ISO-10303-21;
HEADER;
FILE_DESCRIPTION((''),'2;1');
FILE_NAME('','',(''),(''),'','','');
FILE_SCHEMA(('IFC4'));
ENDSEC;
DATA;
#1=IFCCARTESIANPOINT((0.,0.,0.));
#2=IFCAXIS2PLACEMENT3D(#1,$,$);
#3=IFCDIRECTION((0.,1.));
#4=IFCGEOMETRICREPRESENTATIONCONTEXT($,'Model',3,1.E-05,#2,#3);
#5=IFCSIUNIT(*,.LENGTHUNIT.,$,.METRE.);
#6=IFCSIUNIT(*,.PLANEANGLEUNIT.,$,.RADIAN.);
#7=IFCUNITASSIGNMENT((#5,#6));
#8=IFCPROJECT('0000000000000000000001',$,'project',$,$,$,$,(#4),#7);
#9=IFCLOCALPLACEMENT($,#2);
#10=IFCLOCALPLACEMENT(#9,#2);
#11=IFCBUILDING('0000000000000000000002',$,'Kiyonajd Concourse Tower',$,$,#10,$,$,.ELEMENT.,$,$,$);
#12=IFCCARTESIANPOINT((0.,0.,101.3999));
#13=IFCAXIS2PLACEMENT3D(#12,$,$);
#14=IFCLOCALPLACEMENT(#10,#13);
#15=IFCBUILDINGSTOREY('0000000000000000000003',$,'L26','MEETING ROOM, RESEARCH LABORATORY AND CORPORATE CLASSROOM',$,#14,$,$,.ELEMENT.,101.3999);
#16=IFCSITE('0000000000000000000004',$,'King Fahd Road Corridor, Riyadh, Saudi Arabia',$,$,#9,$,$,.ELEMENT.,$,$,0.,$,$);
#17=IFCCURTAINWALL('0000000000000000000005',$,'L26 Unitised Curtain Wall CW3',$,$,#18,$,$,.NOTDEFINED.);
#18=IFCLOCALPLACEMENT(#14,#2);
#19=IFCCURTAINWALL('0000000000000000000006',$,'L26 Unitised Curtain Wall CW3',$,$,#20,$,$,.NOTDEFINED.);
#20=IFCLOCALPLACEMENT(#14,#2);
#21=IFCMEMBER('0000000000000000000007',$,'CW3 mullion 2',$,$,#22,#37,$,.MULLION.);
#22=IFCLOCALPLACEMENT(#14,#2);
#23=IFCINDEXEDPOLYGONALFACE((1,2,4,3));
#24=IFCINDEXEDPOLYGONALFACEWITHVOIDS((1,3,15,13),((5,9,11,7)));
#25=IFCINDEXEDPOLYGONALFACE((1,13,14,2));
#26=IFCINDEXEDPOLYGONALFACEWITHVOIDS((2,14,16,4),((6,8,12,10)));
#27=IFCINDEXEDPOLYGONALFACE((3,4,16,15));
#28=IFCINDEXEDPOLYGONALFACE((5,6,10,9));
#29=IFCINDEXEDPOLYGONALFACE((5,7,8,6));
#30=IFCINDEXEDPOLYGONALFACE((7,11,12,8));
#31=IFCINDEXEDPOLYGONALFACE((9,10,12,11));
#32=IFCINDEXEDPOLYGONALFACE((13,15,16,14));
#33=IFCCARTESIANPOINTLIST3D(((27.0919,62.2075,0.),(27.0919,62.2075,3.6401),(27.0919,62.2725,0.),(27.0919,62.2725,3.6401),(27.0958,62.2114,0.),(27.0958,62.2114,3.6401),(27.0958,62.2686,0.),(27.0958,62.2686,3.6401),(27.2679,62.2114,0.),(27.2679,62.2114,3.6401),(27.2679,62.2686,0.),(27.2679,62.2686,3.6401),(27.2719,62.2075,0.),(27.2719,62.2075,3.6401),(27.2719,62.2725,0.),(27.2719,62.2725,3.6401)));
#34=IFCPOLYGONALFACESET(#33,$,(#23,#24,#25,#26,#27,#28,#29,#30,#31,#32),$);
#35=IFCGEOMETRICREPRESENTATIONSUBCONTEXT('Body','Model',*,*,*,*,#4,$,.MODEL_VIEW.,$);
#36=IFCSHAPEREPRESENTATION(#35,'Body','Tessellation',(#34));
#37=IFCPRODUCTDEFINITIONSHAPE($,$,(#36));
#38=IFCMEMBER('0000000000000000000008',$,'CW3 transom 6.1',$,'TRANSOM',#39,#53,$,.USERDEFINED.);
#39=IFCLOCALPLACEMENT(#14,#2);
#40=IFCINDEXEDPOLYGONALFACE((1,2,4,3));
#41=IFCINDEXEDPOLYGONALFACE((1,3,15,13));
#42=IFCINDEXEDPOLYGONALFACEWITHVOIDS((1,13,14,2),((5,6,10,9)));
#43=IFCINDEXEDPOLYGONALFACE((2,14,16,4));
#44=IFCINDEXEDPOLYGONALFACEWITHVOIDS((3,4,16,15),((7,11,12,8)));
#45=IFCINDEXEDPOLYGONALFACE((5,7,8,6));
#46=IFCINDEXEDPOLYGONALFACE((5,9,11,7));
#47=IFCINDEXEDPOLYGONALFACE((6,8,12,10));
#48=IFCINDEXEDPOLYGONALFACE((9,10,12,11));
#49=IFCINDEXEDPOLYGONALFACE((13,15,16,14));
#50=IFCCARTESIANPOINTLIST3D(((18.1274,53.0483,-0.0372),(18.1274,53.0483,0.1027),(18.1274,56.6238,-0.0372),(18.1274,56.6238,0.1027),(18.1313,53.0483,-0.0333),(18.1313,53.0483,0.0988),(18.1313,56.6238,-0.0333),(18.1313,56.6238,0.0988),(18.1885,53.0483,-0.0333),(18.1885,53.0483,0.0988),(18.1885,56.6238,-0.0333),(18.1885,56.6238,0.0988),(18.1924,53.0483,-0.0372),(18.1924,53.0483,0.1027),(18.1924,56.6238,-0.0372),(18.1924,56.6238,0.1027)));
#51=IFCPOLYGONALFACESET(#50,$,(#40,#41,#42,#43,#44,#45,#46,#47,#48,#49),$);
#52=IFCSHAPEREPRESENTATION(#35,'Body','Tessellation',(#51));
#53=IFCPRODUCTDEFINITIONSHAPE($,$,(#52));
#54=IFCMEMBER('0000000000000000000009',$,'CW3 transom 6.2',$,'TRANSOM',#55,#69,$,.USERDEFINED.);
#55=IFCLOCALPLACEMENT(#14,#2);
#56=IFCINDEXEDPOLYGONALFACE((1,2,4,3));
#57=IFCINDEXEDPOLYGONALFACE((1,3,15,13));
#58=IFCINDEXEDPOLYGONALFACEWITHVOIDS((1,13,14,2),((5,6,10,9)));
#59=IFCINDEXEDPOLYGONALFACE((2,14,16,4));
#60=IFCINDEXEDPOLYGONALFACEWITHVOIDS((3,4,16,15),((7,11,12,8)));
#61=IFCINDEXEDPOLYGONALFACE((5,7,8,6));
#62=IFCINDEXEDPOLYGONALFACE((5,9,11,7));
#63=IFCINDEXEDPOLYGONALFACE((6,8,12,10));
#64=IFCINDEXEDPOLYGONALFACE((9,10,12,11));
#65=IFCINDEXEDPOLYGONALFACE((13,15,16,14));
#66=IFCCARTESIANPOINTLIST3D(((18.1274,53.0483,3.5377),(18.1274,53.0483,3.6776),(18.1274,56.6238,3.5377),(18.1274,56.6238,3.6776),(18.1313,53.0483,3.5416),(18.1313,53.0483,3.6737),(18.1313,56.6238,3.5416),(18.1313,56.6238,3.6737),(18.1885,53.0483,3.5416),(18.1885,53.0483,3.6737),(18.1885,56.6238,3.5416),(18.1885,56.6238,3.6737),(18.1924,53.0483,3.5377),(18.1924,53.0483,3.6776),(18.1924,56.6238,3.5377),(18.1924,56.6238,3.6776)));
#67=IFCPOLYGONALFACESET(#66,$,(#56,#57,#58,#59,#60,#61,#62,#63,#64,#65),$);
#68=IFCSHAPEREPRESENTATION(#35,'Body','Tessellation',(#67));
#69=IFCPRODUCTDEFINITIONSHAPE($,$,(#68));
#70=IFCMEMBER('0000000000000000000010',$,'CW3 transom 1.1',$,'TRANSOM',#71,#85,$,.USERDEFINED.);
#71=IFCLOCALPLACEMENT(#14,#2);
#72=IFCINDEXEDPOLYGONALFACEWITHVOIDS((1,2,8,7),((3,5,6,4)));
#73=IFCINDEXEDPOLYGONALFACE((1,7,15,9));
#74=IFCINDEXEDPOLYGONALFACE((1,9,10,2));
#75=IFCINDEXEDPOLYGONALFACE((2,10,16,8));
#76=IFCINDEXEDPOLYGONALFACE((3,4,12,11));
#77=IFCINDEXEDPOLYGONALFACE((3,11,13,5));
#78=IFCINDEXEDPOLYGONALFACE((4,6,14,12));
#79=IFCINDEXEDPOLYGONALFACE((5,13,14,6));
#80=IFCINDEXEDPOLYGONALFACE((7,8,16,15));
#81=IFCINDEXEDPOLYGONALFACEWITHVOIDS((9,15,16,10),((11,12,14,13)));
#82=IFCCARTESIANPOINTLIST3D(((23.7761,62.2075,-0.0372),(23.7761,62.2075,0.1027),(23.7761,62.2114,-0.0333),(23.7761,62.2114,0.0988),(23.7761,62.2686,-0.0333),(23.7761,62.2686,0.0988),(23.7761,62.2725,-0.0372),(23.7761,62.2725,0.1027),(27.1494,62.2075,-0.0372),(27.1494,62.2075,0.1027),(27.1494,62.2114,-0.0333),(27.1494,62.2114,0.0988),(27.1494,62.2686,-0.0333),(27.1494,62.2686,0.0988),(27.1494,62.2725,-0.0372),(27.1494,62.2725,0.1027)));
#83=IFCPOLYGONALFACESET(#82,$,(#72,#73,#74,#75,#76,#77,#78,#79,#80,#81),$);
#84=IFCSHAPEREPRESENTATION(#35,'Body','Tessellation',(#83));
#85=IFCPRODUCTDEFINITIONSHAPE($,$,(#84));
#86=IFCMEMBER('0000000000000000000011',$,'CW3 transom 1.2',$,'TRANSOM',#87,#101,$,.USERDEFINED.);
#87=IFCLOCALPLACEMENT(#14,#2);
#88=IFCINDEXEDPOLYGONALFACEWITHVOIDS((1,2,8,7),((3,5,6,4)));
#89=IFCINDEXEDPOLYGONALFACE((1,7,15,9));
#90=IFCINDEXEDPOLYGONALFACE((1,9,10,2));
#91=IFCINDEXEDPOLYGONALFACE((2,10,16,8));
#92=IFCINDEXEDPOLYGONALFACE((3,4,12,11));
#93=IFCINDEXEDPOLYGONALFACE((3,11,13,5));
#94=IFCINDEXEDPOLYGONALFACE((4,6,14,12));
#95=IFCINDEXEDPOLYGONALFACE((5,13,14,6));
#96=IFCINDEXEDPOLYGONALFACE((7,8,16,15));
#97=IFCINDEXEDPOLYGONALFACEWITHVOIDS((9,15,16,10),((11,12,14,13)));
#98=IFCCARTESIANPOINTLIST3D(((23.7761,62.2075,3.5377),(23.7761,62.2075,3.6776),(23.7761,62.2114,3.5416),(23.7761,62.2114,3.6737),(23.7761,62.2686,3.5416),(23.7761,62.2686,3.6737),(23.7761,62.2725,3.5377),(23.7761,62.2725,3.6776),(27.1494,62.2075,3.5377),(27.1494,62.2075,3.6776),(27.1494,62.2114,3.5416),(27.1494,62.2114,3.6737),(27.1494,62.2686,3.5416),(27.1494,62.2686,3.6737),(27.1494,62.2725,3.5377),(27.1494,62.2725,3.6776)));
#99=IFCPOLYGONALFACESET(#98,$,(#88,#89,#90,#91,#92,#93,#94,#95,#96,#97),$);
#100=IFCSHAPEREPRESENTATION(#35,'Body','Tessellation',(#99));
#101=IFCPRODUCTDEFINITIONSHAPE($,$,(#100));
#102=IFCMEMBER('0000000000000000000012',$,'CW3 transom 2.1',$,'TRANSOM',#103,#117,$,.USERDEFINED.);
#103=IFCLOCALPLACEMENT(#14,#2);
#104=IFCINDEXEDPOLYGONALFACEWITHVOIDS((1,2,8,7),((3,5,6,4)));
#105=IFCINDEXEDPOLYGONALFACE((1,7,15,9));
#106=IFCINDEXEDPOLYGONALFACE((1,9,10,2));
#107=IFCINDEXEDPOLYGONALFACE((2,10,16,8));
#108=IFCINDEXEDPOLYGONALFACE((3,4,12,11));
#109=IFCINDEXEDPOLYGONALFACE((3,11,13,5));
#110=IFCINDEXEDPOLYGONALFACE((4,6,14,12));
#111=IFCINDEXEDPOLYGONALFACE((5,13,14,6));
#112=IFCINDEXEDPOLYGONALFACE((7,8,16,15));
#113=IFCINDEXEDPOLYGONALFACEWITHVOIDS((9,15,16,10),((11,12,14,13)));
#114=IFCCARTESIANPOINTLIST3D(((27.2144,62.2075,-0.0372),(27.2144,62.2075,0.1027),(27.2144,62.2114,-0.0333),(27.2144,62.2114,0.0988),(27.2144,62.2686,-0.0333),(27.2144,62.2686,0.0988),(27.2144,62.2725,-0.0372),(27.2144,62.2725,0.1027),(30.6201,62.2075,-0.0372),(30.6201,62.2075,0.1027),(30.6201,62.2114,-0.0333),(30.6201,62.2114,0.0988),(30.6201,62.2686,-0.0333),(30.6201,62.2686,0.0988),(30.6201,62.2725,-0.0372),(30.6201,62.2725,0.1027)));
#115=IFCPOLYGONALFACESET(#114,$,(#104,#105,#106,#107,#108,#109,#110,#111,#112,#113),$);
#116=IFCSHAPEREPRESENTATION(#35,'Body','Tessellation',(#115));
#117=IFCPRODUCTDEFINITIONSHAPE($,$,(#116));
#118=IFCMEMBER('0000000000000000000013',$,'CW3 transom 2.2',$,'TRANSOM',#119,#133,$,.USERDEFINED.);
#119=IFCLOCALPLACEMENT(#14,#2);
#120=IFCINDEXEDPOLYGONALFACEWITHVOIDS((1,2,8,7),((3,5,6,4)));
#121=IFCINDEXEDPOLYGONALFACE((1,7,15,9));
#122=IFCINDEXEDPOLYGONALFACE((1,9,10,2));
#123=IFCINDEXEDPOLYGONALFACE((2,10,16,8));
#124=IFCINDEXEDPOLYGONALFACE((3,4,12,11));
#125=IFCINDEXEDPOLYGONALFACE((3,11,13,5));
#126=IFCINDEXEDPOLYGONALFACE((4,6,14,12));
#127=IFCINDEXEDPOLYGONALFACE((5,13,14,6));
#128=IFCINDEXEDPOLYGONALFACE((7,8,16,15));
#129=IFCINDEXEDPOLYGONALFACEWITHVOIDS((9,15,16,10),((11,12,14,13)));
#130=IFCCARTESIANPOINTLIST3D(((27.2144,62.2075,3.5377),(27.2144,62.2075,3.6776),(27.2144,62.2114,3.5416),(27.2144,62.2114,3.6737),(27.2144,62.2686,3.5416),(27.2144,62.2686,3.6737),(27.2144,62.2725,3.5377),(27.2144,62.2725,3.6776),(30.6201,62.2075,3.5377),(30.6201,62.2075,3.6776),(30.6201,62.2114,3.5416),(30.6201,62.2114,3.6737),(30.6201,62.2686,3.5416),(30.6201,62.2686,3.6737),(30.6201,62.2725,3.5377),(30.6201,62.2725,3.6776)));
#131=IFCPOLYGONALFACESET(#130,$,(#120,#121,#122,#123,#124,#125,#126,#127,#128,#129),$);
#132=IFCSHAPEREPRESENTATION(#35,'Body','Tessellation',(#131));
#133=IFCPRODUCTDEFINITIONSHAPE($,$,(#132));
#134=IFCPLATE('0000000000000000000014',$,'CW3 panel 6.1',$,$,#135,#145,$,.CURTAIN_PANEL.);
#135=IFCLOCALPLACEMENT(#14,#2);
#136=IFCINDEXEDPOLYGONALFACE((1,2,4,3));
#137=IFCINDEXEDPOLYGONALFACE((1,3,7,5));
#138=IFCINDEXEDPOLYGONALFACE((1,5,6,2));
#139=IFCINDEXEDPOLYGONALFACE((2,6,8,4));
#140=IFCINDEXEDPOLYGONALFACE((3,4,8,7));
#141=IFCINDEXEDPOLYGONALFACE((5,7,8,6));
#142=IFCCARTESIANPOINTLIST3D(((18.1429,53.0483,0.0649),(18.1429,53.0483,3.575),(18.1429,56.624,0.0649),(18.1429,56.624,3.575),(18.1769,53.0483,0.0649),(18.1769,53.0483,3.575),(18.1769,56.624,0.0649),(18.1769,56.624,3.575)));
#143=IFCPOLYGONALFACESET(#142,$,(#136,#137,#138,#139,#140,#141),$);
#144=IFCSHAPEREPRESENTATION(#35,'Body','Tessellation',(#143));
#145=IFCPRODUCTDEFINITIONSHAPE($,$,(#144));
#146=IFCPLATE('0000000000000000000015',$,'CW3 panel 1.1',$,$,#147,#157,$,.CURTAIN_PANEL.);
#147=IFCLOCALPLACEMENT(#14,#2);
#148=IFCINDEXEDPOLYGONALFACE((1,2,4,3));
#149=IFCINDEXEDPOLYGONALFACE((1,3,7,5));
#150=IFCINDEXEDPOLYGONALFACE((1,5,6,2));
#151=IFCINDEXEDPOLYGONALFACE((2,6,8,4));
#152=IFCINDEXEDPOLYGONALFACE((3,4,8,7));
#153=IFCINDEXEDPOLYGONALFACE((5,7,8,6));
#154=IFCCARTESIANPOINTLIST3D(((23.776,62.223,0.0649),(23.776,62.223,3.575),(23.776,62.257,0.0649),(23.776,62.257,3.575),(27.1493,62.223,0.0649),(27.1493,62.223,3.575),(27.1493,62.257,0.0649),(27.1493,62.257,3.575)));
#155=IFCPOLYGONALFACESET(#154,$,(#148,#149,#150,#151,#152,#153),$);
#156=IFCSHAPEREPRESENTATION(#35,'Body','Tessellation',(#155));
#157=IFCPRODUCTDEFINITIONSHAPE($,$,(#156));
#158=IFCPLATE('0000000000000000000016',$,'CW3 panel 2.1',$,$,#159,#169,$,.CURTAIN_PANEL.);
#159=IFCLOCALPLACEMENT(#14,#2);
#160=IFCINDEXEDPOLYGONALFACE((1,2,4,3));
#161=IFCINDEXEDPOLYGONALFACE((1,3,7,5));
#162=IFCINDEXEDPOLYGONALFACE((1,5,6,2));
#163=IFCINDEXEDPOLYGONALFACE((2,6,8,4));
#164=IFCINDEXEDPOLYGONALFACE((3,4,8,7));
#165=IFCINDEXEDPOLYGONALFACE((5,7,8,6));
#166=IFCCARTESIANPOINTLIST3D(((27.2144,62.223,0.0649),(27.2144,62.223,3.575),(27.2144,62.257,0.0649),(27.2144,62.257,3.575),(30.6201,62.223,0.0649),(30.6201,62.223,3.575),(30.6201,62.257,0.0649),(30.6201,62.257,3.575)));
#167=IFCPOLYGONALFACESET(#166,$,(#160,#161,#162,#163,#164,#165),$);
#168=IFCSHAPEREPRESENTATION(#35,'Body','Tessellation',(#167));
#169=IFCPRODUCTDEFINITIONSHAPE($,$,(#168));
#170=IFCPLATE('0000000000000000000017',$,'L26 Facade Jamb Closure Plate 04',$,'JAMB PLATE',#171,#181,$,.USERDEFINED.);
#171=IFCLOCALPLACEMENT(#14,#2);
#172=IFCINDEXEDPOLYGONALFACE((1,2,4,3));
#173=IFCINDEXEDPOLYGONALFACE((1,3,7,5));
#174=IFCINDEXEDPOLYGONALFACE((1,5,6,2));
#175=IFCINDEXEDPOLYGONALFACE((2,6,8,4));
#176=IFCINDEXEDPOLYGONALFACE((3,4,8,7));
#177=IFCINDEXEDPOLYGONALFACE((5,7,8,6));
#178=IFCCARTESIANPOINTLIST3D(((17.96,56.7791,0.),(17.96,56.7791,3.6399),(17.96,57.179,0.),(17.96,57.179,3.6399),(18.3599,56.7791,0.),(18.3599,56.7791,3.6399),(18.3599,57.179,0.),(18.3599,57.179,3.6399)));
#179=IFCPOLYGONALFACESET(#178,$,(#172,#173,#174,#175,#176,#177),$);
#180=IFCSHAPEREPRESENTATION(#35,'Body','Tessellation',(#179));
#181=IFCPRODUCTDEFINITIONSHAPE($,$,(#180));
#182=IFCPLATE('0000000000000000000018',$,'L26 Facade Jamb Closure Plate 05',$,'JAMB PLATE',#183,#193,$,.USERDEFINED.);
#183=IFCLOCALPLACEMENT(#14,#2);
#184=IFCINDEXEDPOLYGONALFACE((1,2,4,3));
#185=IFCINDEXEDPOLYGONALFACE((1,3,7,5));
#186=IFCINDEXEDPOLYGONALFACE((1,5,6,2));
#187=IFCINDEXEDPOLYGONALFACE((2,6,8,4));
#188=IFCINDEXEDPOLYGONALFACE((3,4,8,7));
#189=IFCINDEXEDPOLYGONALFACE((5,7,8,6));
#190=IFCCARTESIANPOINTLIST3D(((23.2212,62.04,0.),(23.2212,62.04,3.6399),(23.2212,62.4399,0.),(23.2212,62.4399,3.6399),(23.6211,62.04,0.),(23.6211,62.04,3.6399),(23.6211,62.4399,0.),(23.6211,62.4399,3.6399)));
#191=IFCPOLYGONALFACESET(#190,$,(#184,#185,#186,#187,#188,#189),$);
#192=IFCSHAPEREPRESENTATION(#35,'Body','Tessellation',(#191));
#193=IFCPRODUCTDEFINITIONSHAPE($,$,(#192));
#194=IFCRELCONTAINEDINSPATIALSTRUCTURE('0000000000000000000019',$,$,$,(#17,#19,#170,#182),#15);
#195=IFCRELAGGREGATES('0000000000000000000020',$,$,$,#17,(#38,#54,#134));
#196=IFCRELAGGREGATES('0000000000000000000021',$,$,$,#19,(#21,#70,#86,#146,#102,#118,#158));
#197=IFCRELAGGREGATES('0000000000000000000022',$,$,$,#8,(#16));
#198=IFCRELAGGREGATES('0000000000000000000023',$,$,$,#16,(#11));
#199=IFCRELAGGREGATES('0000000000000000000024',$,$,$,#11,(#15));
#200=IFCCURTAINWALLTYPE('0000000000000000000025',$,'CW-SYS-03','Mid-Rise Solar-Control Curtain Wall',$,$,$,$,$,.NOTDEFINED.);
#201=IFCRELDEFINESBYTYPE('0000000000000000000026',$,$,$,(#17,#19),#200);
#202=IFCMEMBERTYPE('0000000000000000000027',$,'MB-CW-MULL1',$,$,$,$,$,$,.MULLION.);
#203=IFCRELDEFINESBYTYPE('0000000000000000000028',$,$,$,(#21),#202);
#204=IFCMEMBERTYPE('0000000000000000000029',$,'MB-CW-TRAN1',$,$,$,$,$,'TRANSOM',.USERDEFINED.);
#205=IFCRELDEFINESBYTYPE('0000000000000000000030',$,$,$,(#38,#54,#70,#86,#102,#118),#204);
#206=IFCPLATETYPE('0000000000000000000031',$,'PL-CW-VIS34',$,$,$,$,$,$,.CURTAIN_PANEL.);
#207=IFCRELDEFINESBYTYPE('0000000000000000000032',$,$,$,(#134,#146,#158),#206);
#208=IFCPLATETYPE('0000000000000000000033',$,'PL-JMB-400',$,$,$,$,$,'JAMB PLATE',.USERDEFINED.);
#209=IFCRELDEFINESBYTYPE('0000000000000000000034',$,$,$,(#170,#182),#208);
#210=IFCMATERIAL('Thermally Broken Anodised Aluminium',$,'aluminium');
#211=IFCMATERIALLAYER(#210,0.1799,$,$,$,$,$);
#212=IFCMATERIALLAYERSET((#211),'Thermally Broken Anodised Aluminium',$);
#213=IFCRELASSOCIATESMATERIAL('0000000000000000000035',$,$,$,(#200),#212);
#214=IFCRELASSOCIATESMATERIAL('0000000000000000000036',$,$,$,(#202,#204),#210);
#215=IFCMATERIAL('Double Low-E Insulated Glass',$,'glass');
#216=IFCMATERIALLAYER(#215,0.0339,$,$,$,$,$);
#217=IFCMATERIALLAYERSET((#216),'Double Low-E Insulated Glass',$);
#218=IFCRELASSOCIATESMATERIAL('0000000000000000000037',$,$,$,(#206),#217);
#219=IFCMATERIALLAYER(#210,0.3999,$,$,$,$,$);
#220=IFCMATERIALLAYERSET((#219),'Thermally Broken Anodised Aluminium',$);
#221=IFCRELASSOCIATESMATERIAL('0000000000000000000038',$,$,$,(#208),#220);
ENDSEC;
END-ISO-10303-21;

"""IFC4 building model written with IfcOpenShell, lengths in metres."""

from ifc_helpers import new_model, si_unit, direction, frame, origin, origin_2d, place, context, subcontext, project, spatial, rectangle, hollow_rectangle, extrude, material, layer, layer_set, material_profile, profile_set, type_object, element, aggregate, save


model = new_model("IFC4")

# Units and contexts
model_context = context("Model", 3, precision=1e-05, world=origin(), true_north=direction((0.0, 1.0)))
body_context = subcontext(model_context, "Body", "Model", "MODEL_VIEW")
ifc_project = project(units=[si_unit("LENGTHUNIT", "METRE"), si_unit("PLANEANGLEUNIT", "RADIAN")], contexts=[model_context])

# Site, building, storey
site_placement = place(None, origin())
site = spatial("IfcSite", under=ifc_project, at=site_placement, Name="King Fahd Road Corridor, Riyadh, Saudi Arabia", CompositionType="ELEMENT", RefElevation=0.0)
building_placement = place(site_placement, origin())
building = spatial("IfcBuilding", under=site, at=building_placement, Name="Kiyonajd Concourse Tower", CompositionType="ELEMENT")
storey_placement = place(building_placement, frame((0.0, 0.0, 101.3999)))
storey = spatial("IfcBuildingStorey", under=building, at=storey_placement, Name="L26", Description="MEETING ROOM, RESEARCH LABORATORY AND CORPORATE CLASSROOM", CompositionType="ELEMENT", Elevation=101.3999)

# Curtain walls, member
ifc_material_1 = material(Name="Thermally Broken Anodised Aluminium", Category="aluminium")
ifc_layer_1 = layer(ifc_material_1, 0.1799)
ifc_layer_set_1 = layer_set([ifc_layer_1], Name="Thermally Broken Anodised Aluminium")
curtain_wall_type = type_object("IfcCurtainWallType", Name="CW-SYS-03", Description="Mid-Rise Solar-Control Curtain Wall", PredefinedType="NOTDEFINED", material=ifc_layer_set_1)
curtain_wall_1_placement = place(storey_placement, origin())
curtain_wall_1 = element("IfcCurtainWall", 1, at=curtain_wall_1_placement, inside=storey, type_object=curtain_wall_type, Name="L26 Unitised Curtain Wall CW3", PredefinedType="NOTDEFINED")
ifc_material_profile_1 = material_profile(ifc_material_1, hollow_rectangle(XDim=0.0649, YDim=0.1799, WallThickness=0.0039, at=origin_2d()), Name="MULL-65x180")
ifc_profile_set_1 = profile_set([ifc_material_profile_1], Name="Thermally Broken Anodised Aluminium")
member_type_1 = type_object("IfcMemberType", Name="MB-CW-MULL1", PredefinedType="MULLION", material=ifc_profile_set_1)
curtain_wall_2_placement = place(storey_placement, origin())
curtain_wall_2 = element("IfcCurtainWall", 2, at=curtain_wall_2_placement, inside=storey, type_object=curtain_wall_type, Name="L26 Unitised Curtain Wall CW3", PredefinedType="NOTDEFINED")
member_1_placement = place(storey_placement, frame((27.1819, 62.24, 0.0), z_axis=(0.0, 0.0, 1.0), x_axis=(0.0, 1.0, 0.0)))
member_1 = element("IfcMember", 3, at=member_1_placement, type_object=member_type_1, Name="CW3 mullion 2", PredefinedType="MULLION", context=body_context, shape_type="SweptSolid", body=[
    extrude(hollow_rectangle(XDim=0.0649, YDim=0.1799, WallThickness=0.0039, at=origin_2d()), origin(), (0.0, 0.0, 1.0), 3.6401),
])

# Members
ifc_material_profile_2 = material_profile(ifc_material_1, hollow_rectangle(XDim=0.0649, YDim=0.1399, WallThickness=0.0039, at=origin_2d()), Name="TRAN-65x140")
ifc_profile_set_2 = profile_set([ifc_material_profile_2], Name="Thermally Broken Anodised Aluminium")
member_type_2 = type_object("IfcMemberType", Name="MB-CW-TRAN1", ElementType="TRANSOM", PredefinedType="USERDEFINED", material=ifc_profile_set_2)
member_2_placement = place(storey_placement, frame((18.1599, 53.0483, 0.0327), z_axis=(0.0, 1.0, 0.0), x_axis=(-1.0, 0.0, 0.0)))
member_2 = element("IfcMember", 4, at=member_2_placement, type_object=member_type_2, Name="CW3 transom 6.1", ObjectType="TRANSOM", PredefinedType="USERDEFINED", context=body_context, shape_type="SweptSolid", body=[
    extrude(hollow_rectangle(XDim=0.0649, YDim=0.1399, WallThickness=0.0039, at=origin_2d()), origin(), (0.0, 0.0, 1.0), 3.5754),
])
member_3_placement = place(storey_placement, frame((18.1599, 53.0483, 3.6077), z_axis=(0.0, 1.0, 0.0), x_axis=(-1.0, 0.0, 0.0)))
member_3 = element("IfcMember", 5, at=member_3_placement, type_object=member_type_2, Name="CW3 transom 6.2", ObjectType="TRANSOM", PredefinedType="USERDEFINED", context=body_context, shape_type="SweptSolid", body=[
    extrude(hollow_rectangle(XDim=0.0649, YDim=0.1399, WallThickness=0.0039, at=origin_2d()), origin(), (0.0, 0.0, 1.0), 3.5754),
])
member_4_placement = place(storey_placement, frame((23.7761, 62.24, 0.0327), z_axis=(1.0, 0.0, 0.0), x_axis=(0.0, 1.0, 0.0)))
member_4 = element("IfcMember", 6, at=member_4_placement, type_object=member_type_2, Name="CW3 transom 1.1", ObjectType="TRANSOM", PredefinedType="USERDEFINED", context=body_context, shape_type="SweptSolid", body=[
    extrude(hollow_rectangle(XDim=0.0649, YDim=0.1399, WallThickness=0.0039, at=origin_2d()), origin(), (0.0, 0.0, 1.0), 3.3733),
])
member_5_placement = place(storey_placement, frame((23.7761, 62.24, 3.6077), z_axis=(1.0, 0.0, 0.0), x_axis=(0.0, 1.0, 0.0)))
member_5 = element("IfcMember", 7, at=member_5_placement, type_object=member_type_2, Name="CW3 transom 1.2", ObjectType="TRANSOM", PredefinedType="USERDEFINED", context=body_context, shape_type="SweptSolid", body=[
    extrude(hollow_rectangle(XDim=0.0649, YDim=0.1399, WallThickness=0.0039, at=origin_2d()), origin(), (0.0, 0.0, 1.0), 3.3733),
])
member_6_placement = place(storey_placement, frame((27.2144, 62.24, 0.0327), z_axis=(1.0, 0.0, 0.0), x_axis=(0.0, 1.0, 0.0)))
member_6 = element("IfcMember", 8, at=member_6_placement, type_object=member_type_2, Name="CW3 transom 2.1", ObjectType="TRANSOM", PredefinedType="USERDEFINED", context=body_context, shape_type="SweptSolid", body=[
    extrude(hollow_rectangle(XDim=0.0649, YDim=0.1399, WallThickness=0.0039, at=origin_2d()), origin(), (0.0, 0.0, 1.0), 3.4058),
])
member_7_placement = place(storey_placement, frame((27.2144, 62.24, 3.6077), z_axis=(1.0, 0.0, 0.0), x_axis=(0.0, 1.0, 0.0)))
member_7 = element("IfcMember", 9, at=member_7_placement, type_object=member_type_2, Name="CW3 transom 2.2", ObjectType="TRANSOM", PredefinedType="USERDEFINED", context=body_context, shape_type="SweptSolid", body=[
    extrude(hollow_rectangle(XDim=0.0649, YDim=0.1399, WallThickness=0.0039, at=origin_2d()), origin(), (0.0, 0.0, 1.0), 3.4058),
])

# Plates
ifc_material_2 = material(Name="Double Low-E Insulated Glass", Category="glass")
ifc_layer_2 = layer(ifc_material_2, 0.0339)
ifc_layer_set_2 = layer_set([ifc_layer_2], Name="Double Low-E Insulated Glass")
plate_type_1 = type_object("IfcPlateType", Name="PL-CW-VIS34", PredefinedType="CURTAIN_PANEL", material=ifc_layer_set_2)
plate_1_placement = place(storey_placement, frame((18.1599, 54.8362, 0.0649), z_axis=(0.0, 0.0, 1.0), x_axis=(0.0, 1.0, 0.0)))
plate_1 = element("IfcPlate", 10, at=plate_1_placement, type_object=plate_type_1, Name="CW3 panel 6.1", PredefinedType="CURTAIN_PANEL", context=body_context, shape_type="SweptSolid", body=[
    extrude(rectangle(XDim=3.5757, YDim=0.0339, at=origin_2d()), origin(), (0.0, 0.0, 1.0), 3.51),
])
aggregate(curtain_wall_1, [member_2, member_3, plate_1])
plate_2_placement = place(storey_placement, frame((25.4626, 62.24, 0.0649), z_axis=(0.0, 0.0, 1.0), x_axis=(1.0, 0.0, 0.0)))
plate_2 = element("IfcPlate", 11, at=plate_2_placement, type_object=plate_type_1, Name="CW3 panel 1.1", PredefinedType="CURTAIN_PANEL", context=body_context, shape_type="SweptSolid", body=[
    extrude(rectangle(XDim=3.3733, YDim=0.0339, at=origin_2d()), origin(), (0.0, 0.0, 1.0), 3.51),
])
plate_3_placement = place(storey_placement, frame((28.9172, 62.24, 0.0649), z_axis=(0.0, 0.0, 1.0), x_axis=(1.0, 0.0, 0.0)))
plate_3 = element("IfcPlate", 12, at=plate_3_placement, type_object=plate_type_1, Name="CW3 panel 2.1", PredefinedType="CURTAIN_PANEL", context=body_context, shape_type="SweptSolid", body=[
    extrude(rectangle(XDim=3.4058, YDim=0.0339, at=origin_2d()), origin(), (0.0, 0.0, 1.0), 3.51),
])
aggregate(curtain_wall_2, [member_1, member_4, member_5, plate_2, member_6, member_7, plate_3])

# Plates
ifc_layer_3 = layer(ifc_material_1, 0.3999)
ifc_layer_set_3 = layer_set([ifc_layer_3], Name="Thermally Broken Anodised Aluminium")
plate_type_2 = type_object("IfcPlateType", Name="PL-JMB-400", ElementType="JAMB PLATE", PredefinedType="USERDEFINED", material=ifc_layer_set_3)
for number, where, z_axis, x_axis, name in (
    (13, (18.1599, 56.979, 0.0), (0.0, 0.0, 1.0), (1.0, 0.0, 0.0), "L26 Facade Jamb Closure Plate 04"),
    (14, (23.4211, 62.24, 0.0), (0.0, 0.0, 1.0), (1.0, 0.0, 0.0), "L26 Facade Jamb Closure Plate 05"),
):
    element("IfcPlate", number, at=place(storey_placement, frame(where, z_axis=z_axis, x_axis=x_axis)), inside=storey, type_object=plate_type_2, Name=name, ObjectType="JAMB PLATE", PredefinedType="USERDEFINED", context=body_context, shape_type="SweptSolid", body=[
        extrude(rectangle(XDim=0.3999, YDim=0.3999, at=origin_2d()), origin(), (0.0, 0.0, 1.0), 3.6399),
    ])

save(model, "model.ifc")
